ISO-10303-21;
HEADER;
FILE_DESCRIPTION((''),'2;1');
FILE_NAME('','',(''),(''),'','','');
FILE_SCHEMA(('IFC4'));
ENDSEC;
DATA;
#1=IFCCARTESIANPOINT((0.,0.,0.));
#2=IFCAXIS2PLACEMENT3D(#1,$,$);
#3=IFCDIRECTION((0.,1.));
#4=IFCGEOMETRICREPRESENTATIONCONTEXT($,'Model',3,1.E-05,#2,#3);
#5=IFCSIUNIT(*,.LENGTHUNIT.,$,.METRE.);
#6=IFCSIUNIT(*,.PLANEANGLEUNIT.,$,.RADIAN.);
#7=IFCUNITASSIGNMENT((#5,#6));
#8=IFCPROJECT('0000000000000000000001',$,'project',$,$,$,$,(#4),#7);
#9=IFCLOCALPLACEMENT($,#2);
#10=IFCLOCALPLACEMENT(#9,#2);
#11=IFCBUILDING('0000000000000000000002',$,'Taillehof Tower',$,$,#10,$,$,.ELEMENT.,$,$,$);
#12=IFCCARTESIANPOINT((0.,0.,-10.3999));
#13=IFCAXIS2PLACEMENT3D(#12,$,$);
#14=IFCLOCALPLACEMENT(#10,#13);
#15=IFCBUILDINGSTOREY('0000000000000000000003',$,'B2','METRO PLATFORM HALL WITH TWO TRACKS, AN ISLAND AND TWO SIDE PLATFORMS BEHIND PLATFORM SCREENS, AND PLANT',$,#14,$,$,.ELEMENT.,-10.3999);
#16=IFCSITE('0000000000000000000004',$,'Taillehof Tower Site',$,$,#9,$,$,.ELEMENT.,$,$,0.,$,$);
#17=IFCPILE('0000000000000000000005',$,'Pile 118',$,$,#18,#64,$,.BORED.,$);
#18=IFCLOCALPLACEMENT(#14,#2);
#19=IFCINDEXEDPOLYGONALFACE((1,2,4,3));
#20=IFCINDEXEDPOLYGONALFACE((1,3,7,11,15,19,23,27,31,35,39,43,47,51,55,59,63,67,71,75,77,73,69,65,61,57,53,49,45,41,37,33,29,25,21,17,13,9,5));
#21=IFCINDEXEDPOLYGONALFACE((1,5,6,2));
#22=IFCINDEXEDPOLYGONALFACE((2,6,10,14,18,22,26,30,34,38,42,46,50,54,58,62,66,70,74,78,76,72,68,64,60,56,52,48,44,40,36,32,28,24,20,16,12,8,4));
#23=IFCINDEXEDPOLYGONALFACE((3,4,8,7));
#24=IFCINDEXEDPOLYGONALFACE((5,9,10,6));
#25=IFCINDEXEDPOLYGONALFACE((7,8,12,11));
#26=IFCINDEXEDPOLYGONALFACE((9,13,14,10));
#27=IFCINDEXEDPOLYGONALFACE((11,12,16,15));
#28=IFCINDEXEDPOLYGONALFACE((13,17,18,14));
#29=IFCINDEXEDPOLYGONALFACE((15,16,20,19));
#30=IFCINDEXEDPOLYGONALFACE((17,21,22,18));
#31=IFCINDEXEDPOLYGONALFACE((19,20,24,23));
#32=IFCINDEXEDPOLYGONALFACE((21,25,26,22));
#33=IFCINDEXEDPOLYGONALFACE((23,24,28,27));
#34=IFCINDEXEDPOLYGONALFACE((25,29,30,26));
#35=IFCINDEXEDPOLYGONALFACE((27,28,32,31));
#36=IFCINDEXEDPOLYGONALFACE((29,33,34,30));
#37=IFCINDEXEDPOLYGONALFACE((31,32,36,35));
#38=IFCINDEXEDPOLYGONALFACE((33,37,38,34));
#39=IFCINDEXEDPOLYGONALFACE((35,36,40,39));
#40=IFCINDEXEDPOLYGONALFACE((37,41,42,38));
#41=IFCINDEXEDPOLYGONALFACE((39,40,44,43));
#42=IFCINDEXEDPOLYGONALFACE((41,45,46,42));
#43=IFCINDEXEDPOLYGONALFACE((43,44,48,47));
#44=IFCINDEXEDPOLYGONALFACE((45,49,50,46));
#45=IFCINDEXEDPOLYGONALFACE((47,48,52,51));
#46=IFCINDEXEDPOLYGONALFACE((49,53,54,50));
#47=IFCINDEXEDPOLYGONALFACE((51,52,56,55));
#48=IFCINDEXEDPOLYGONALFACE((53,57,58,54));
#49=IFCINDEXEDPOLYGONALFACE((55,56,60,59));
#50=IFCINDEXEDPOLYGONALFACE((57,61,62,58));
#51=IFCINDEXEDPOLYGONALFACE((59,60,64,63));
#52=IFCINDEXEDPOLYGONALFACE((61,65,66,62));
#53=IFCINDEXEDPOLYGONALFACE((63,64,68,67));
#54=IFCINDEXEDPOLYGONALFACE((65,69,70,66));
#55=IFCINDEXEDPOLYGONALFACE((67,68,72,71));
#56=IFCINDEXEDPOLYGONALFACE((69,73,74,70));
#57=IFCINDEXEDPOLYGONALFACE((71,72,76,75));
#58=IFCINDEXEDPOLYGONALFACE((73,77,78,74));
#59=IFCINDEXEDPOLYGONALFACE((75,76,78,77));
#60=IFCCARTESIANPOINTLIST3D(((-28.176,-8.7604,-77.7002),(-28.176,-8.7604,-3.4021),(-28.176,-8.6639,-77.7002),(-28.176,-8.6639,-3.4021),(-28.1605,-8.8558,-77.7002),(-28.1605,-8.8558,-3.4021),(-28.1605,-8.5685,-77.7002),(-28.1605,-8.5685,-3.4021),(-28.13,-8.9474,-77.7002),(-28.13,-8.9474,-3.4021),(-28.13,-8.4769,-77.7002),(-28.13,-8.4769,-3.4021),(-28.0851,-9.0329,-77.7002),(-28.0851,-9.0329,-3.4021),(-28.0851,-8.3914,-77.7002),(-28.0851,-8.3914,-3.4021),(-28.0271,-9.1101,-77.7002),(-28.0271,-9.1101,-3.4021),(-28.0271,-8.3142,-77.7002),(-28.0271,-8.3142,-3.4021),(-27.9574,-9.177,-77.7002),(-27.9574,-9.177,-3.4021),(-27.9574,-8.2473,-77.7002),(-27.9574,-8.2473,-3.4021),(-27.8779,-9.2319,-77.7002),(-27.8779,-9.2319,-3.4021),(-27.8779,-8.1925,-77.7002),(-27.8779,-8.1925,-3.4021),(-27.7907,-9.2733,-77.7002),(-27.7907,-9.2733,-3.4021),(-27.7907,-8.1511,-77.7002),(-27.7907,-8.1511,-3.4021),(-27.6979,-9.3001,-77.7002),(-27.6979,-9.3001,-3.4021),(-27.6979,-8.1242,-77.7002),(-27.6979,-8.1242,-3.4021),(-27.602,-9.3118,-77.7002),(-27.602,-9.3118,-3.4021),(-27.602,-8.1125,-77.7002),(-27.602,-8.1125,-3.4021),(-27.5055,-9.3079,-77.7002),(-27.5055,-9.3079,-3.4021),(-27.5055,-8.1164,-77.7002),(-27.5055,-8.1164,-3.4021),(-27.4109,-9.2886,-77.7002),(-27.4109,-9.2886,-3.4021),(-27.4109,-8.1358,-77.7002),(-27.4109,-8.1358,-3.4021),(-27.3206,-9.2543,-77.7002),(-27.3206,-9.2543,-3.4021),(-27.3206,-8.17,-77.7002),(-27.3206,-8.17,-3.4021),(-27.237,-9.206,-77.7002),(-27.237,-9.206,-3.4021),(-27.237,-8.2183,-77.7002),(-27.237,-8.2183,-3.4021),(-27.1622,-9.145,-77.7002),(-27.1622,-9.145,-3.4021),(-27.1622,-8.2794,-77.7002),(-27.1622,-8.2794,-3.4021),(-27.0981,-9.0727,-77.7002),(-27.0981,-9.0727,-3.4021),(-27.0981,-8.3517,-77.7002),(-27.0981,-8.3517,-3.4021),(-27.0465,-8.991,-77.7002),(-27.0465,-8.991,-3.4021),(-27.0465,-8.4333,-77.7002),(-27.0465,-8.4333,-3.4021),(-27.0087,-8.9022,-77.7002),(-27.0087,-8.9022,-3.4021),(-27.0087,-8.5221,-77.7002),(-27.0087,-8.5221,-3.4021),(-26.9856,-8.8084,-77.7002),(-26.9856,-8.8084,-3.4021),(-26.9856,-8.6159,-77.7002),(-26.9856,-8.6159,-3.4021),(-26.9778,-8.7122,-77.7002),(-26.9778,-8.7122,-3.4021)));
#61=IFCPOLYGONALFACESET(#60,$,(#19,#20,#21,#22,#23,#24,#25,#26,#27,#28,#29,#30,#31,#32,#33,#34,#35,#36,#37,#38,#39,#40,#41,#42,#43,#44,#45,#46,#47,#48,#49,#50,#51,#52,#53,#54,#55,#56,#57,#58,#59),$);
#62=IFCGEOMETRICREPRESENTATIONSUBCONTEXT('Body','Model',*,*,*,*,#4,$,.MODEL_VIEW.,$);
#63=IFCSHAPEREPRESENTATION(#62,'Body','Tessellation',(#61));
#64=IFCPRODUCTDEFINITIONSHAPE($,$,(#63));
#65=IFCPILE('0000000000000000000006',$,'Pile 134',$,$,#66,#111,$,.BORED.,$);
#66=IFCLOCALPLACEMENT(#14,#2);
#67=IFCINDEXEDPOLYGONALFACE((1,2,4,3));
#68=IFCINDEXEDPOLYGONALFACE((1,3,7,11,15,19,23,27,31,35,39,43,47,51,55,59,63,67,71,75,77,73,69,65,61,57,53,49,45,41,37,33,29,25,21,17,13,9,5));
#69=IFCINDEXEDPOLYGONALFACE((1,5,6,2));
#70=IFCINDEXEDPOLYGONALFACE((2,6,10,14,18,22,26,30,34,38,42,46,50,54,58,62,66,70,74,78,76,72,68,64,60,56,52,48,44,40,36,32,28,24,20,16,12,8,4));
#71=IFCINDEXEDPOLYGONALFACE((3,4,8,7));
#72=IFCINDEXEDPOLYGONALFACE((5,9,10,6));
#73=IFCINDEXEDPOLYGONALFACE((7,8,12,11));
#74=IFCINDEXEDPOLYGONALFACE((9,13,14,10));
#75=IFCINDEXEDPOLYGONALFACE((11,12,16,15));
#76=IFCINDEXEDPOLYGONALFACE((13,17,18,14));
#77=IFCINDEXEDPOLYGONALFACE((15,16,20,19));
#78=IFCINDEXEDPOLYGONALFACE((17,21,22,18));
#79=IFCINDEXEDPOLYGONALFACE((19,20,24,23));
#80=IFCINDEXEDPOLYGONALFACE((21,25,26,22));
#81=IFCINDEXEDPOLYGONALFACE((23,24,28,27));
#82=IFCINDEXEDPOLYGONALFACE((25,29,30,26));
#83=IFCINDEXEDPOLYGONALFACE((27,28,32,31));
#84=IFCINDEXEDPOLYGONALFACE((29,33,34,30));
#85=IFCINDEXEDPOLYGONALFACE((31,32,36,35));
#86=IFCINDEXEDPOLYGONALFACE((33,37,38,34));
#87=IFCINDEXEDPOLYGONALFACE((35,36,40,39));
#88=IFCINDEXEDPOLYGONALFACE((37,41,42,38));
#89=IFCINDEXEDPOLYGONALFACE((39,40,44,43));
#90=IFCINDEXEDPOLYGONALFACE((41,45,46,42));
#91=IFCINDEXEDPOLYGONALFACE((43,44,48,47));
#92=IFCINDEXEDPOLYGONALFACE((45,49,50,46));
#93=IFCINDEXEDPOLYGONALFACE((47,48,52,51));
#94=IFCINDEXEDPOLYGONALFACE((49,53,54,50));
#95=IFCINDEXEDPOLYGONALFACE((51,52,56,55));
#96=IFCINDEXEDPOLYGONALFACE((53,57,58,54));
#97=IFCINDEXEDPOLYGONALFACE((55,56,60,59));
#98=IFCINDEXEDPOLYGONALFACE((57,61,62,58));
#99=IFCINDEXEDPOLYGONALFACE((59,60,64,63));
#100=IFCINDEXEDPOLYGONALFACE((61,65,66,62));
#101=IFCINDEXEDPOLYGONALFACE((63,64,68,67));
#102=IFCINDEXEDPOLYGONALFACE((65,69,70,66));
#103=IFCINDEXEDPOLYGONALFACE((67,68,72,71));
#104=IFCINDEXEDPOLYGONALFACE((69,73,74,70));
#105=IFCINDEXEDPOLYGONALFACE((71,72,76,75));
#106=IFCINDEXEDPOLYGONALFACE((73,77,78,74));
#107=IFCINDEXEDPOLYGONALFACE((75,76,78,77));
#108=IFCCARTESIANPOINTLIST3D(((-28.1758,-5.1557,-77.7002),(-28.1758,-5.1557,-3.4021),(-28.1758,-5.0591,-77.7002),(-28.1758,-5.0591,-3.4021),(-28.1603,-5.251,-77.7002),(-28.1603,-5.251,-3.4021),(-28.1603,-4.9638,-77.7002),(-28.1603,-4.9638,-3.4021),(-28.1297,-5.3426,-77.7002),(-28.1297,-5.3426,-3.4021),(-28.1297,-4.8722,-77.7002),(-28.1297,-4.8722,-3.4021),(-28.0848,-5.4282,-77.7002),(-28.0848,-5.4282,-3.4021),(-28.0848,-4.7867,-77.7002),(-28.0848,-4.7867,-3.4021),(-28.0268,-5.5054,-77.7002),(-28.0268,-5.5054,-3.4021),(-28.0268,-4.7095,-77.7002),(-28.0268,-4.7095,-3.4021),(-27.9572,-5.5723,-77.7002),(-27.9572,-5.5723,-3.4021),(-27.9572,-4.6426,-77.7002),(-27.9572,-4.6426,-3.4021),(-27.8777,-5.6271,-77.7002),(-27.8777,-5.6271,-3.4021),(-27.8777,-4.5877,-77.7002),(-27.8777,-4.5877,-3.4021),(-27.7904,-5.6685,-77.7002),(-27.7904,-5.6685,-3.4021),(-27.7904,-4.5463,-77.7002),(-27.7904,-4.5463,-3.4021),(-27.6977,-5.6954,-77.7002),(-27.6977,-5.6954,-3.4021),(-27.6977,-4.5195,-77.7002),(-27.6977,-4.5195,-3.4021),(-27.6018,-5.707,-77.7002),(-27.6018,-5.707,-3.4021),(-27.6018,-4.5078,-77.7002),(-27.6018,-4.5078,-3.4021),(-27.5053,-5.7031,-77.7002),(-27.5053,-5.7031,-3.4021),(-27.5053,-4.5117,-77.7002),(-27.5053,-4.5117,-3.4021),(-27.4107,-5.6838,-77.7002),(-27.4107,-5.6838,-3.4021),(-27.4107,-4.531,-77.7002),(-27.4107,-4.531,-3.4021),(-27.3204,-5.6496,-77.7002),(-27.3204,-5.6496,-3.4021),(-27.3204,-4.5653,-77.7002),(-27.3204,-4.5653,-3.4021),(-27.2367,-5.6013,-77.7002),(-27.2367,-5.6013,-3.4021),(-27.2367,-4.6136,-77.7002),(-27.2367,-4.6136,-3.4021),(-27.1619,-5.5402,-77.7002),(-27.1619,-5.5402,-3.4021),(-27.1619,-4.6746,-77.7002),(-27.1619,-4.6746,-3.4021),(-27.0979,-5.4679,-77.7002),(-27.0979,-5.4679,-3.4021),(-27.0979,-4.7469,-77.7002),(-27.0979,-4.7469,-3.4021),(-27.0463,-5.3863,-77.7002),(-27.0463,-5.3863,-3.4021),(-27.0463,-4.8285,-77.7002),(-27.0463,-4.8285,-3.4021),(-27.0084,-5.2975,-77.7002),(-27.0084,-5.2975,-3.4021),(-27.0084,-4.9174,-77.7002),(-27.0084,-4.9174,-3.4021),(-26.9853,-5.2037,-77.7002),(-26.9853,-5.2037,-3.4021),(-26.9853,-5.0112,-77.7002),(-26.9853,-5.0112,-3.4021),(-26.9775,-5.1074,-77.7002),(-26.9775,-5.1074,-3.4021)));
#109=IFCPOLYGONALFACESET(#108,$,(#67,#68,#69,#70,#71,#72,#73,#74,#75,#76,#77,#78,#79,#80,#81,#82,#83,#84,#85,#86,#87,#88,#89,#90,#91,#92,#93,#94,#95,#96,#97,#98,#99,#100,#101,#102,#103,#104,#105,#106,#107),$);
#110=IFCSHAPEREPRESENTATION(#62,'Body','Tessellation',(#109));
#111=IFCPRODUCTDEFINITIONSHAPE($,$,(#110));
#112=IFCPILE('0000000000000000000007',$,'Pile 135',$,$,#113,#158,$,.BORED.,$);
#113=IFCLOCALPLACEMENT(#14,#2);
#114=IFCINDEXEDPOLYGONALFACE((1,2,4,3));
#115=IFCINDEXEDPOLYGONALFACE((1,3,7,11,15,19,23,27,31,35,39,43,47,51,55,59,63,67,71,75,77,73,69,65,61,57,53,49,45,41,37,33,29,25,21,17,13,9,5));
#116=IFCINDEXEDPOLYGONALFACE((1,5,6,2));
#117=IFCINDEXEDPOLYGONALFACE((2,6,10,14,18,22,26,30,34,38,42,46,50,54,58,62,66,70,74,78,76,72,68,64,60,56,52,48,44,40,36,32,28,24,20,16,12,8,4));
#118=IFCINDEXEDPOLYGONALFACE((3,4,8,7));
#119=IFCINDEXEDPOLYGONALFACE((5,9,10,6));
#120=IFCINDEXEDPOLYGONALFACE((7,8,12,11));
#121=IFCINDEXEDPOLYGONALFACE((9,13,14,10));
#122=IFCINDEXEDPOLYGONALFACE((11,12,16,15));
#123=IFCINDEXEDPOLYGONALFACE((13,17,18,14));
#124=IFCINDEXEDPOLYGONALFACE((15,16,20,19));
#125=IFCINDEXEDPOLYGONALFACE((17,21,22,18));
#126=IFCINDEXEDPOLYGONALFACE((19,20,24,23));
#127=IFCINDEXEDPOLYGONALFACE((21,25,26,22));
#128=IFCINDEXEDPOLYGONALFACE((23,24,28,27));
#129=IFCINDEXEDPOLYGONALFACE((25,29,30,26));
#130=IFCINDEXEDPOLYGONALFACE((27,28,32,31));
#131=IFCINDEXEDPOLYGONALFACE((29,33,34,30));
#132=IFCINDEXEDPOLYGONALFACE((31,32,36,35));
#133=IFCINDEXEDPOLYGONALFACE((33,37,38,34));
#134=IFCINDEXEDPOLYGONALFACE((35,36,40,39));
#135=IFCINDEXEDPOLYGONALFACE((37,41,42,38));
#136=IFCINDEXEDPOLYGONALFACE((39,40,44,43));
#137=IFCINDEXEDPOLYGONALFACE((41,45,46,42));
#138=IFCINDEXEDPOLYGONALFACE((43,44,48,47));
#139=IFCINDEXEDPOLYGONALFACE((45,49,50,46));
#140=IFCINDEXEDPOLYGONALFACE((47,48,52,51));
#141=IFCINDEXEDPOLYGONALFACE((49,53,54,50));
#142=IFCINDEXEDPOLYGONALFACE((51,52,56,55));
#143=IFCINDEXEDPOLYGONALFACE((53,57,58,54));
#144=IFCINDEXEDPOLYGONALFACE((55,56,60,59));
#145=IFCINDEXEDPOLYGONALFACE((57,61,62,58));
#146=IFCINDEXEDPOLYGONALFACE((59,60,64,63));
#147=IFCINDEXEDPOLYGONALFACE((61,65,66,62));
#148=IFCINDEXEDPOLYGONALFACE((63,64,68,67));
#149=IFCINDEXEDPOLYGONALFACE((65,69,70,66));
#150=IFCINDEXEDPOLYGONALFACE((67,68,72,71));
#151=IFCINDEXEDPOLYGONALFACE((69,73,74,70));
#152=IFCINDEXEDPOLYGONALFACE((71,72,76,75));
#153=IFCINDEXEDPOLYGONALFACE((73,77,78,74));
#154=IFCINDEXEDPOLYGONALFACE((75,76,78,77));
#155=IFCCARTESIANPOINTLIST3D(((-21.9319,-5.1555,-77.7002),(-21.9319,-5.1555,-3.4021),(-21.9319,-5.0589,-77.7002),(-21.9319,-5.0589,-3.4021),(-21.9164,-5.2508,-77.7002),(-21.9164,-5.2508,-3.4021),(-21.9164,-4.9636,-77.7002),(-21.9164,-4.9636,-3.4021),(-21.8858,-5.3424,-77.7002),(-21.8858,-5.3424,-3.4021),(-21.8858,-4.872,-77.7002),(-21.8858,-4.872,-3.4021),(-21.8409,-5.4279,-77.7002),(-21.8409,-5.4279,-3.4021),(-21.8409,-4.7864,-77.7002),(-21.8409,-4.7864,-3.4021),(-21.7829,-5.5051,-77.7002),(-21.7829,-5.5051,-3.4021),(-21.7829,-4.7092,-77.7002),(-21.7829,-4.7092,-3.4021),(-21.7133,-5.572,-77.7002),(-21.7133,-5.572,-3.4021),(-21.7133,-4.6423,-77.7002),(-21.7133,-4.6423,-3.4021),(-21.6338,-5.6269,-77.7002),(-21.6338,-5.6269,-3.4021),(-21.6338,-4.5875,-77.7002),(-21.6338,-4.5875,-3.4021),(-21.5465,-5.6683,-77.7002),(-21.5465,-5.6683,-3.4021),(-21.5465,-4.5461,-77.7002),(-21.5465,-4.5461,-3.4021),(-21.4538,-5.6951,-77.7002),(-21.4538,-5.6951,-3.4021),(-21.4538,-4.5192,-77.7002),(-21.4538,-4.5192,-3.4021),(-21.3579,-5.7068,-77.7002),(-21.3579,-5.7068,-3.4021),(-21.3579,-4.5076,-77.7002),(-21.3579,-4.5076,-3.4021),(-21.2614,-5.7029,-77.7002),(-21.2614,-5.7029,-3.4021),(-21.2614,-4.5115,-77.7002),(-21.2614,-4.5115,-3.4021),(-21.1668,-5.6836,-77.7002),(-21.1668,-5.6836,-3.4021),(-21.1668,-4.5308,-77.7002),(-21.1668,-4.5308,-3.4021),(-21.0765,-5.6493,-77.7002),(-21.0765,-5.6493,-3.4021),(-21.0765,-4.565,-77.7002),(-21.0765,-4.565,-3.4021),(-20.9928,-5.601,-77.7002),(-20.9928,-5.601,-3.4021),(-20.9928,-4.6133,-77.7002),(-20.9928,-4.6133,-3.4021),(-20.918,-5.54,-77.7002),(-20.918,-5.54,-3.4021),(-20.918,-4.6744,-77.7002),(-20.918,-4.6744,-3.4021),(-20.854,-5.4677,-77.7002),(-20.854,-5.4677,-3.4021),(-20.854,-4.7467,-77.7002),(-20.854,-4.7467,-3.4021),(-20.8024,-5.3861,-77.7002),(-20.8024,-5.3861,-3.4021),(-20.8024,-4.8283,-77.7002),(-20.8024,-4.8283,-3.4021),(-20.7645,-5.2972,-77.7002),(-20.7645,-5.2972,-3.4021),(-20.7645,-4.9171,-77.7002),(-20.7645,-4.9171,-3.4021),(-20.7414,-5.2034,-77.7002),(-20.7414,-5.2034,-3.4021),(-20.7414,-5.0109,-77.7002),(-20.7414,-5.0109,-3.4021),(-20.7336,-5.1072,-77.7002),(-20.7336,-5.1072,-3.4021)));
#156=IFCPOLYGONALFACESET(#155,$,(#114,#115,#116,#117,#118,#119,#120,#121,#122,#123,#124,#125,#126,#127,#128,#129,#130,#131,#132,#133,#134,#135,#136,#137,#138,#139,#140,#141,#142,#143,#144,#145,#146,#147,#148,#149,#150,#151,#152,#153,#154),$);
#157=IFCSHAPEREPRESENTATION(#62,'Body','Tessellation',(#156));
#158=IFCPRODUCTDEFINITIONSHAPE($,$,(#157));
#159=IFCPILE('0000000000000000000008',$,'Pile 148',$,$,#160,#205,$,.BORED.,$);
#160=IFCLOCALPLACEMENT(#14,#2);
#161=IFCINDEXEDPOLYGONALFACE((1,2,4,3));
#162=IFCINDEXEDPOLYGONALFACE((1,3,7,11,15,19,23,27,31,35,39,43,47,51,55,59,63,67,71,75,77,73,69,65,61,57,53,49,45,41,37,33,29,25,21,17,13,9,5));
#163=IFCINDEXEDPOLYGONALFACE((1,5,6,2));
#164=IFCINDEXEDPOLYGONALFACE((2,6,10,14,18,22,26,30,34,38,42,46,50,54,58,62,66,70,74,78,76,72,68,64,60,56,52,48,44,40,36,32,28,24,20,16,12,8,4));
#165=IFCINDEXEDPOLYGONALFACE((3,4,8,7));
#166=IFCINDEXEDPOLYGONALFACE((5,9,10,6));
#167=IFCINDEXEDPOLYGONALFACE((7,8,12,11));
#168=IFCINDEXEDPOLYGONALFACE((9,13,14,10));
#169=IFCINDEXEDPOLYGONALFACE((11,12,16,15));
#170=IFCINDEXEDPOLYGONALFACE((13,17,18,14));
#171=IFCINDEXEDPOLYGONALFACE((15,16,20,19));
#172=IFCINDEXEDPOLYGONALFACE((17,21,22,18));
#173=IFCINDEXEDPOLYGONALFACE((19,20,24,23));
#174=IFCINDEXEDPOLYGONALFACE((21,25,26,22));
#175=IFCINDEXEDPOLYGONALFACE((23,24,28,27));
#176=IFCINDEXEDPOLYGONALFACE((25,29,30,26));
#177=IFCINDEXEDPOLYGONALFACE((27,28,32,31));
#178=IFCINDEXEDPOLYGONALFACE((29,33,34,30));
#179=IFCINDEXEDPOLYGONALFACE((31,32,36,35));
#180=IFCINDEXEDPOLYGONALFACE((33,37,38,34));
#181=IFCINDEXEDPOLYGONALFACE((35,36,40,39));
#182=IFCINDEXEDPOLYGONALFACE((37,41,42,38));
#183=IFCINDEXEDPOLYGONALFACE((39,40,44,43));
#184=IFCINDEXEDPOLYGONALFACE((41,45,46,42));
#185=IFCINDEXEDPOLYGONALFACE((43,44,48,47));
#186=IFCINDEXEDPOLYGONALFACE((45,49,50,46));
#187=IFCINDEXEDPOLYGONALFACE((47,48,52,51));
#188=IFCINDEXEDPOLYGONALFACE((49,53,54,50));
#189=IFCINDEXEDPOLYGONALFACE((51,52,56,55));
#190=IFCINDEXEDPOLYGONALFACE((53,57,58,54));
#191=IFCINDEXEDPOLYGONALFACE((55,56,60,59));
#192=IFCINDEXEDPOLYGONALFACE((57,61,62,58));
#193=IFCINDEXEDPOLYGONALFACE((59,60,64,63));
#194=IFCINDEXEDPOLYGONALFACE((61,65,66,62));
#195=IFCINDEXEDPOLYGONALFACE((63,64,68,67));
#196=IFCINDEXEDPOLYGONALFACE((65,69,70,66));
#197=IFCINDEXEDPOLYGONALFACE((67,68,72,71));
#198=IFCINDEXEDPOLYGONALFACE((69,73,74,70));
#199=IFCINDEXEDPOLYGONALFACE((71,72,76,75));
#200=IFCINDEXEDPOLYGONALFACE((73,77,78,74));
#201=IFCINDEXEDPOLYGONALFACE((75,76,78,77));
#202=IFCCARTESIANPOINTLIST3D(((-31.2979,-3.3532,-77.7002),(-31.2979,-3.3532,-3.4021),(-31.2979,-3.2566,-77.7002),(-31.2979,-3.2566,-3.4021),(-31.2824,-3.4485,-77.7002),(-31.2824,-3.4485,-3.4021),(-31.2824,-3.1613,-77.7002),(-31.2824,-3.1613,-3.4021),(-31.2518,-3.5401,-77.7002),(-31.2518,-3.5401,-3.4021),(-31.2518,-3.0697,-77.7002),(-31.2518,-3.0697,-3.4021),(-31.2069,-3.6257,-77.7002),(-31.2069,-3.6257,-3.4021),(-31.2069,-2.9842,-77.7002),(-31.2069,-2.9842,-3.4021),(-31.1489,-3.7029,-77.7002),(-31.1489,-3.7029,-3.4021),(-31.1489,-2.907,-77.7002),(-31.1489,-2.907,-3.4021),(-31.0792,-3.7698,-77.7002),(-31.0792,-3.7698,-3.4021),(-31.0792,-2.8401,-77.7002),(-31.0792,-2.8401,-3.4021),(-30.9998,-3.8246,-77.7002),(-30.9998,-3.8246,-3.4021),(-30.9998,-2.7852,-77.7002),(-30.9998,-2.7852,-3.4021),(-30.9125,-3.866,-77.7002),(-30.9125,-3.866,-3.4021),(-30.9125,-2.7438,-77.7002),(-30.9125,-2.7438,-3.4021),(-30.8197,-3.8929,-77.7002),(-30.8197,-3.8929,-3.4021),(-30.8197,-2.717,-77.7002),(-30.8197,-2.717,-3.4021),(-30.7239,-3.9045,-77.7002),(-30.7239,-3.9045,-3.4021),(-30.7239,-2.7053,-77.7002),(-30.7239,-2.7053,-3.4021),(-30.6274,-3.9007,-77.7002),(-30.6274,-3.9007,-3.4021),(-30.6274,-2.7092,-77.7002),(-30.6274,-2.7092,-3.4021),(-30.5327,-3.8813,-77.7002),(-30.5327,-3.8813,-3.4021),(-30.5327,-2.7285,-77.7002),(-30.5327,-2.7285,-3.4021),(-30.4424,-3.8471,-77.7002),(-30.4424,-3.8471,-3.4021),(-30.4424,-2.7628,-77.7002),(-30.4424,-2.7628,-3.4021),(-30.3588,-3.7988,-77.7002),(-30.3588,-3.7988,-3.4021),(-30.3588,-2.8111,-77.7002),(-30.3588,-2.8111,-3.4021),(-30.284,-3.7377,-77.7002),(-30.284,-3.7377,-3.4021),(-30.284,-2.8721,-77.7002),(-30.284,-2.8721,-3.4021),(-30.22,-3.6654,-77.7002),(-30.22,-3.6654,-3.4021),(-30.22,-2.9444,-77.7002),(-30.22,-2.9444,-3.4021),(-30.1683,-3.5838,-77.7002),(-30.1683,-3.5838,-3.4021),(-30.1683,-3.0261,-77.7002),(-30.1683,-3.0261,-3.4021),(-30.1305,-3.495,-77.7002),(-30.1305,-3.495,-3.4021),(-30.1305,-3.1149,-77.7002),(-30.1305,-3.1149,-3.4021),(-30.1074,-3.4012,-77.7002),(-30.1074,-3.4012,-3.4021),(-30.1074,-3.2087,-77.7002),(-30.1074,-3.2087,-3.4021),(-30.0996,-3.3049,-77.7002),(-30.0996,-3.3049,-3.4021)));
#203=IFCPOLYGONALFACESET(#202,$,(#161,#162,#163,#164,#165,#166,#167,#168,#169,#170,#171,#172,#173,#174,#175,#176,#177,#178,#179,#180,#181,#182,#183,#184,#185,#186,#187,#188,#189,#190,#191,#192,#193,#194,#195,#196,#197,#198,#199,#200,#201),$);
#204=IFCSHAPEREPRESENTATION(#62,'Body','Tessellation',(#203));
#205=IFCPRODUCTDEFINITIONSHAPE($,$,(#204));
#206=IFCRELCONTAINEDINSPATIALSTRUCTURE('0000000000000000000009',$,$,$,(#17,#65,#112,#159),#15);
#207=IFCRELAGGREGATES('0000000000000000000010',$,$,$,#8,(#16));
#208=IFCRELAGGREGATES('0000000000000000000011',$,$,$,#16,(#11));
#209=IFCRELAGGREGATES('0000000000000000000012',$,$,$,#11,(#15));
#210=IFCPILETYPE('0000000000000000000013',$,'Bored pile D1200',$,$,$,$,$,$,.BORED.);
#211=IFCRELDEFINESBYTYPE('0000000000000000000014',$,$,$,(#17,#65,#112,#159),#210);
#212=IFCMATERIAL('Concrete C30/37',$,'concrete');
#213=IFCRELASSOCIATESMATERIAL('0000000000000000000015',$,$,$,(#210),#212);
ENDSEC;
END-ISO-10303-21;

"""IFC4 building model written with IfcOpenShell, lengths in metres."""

from ifc_helpers import new_model, si_unit, direction, frame, origin, origin_2d, place, context, subcontext, project, spatial, circle, extrude, material, material_profile, profile_set, type_object, element, save


model = new_model("IFC4")

# Units and contexts
model_context = context("Model", 3, precision=1e-05, world=origin(), true_north=direction((0.0, 1.0)))
body_context = subcontext(model_context, "Body", "Model", "MODEL_VIEW")
ifc_project = project(units=[si_unit("LENGTHUNIT", "METRE"), si_unit("PLANEANGLEUNIT", "RADIAN")], contexts=[model_context])

# Site, building, storey
site_placement = place(None, origin())
site = spatial("IfcSite", under=ifc_project, at=site_placement, Name="Taillehof Tower Site", CompositionType="ELEMENT", RefElevation=0.0)
building_placement = place(site_placement, origin())
building = spatial("IfcBuilding", under=site, at=building_placement, Name="Taillehof Tower", CompositionType="ELEMENT")
storey_placement = place(building_placement, frame((0.0, 0.0, -10.3999)))
storey = spatial("IfcBuildingStorey", under=building, at=storey_placement, Name="B2", Description="METRO PLATFORM HALL WITH TWO TRACKS, AN ISLAND AND TWO SIDE PLATFORMS BEHIND PLATFORM SCREENS, AND PLANT", CompositionType="ELEMENT", Elevation=-10.3999)

# Piles
ifc_material_1 = material(Name="Concrete C30/37", Category="concrete")
ifc_material_profile_1 = material_profile(ifc_material_1, circle(Radius=0.6001, at=origin_2d()), Name="BP D1200")
ifc_profile_set_1 = profile_set([ifc_material_profile_1], Name="Concrete C30/37")
pile_type = type_object("IfcPileType", Name="Bored pile D1200", PredefinedType="BORED", material=ifc_profile_set_1)
for number, where, z_axis, x_axis, name in (
    (1, (-27.5779, -8.7122, -3.4021), (0.0, 0.0, -1.0), (1.0, 0.0, 0.0), "Pile 118"),
    (2, (-27.5776, -5.1074, -3.4021), (0.0, 0.0, -1.0), (1.0, 0.0, 0.0), "Pile 134"),
    (3, (-21.3337, -5.1072, -3.4021), (0.0, 0.0, -1.0), (1.0, 0.0, 0.0), "Pile 135"),
    (4, (-30.6997, -3.3049, -3.4021), (0.0, 0.0, -1.0), (1.0, 0.0, 0.0), "Pile 148"),
):
    element("IfcPile", number, at=place(storey_placement, frame(where, z_axis=z_axis, x_axis=x_axis)), inside=storey, type_object=pile_type, Name=name, PredefinedType="BORED", context=body_context, shape_type="SweptSolid", body=[
        extrude(circle(Radius=0.6001, at=origin_2d()), origin(), (0.0, 0.0, 1.0), 74.2981),
    ])

save(model, "model.ifc")
